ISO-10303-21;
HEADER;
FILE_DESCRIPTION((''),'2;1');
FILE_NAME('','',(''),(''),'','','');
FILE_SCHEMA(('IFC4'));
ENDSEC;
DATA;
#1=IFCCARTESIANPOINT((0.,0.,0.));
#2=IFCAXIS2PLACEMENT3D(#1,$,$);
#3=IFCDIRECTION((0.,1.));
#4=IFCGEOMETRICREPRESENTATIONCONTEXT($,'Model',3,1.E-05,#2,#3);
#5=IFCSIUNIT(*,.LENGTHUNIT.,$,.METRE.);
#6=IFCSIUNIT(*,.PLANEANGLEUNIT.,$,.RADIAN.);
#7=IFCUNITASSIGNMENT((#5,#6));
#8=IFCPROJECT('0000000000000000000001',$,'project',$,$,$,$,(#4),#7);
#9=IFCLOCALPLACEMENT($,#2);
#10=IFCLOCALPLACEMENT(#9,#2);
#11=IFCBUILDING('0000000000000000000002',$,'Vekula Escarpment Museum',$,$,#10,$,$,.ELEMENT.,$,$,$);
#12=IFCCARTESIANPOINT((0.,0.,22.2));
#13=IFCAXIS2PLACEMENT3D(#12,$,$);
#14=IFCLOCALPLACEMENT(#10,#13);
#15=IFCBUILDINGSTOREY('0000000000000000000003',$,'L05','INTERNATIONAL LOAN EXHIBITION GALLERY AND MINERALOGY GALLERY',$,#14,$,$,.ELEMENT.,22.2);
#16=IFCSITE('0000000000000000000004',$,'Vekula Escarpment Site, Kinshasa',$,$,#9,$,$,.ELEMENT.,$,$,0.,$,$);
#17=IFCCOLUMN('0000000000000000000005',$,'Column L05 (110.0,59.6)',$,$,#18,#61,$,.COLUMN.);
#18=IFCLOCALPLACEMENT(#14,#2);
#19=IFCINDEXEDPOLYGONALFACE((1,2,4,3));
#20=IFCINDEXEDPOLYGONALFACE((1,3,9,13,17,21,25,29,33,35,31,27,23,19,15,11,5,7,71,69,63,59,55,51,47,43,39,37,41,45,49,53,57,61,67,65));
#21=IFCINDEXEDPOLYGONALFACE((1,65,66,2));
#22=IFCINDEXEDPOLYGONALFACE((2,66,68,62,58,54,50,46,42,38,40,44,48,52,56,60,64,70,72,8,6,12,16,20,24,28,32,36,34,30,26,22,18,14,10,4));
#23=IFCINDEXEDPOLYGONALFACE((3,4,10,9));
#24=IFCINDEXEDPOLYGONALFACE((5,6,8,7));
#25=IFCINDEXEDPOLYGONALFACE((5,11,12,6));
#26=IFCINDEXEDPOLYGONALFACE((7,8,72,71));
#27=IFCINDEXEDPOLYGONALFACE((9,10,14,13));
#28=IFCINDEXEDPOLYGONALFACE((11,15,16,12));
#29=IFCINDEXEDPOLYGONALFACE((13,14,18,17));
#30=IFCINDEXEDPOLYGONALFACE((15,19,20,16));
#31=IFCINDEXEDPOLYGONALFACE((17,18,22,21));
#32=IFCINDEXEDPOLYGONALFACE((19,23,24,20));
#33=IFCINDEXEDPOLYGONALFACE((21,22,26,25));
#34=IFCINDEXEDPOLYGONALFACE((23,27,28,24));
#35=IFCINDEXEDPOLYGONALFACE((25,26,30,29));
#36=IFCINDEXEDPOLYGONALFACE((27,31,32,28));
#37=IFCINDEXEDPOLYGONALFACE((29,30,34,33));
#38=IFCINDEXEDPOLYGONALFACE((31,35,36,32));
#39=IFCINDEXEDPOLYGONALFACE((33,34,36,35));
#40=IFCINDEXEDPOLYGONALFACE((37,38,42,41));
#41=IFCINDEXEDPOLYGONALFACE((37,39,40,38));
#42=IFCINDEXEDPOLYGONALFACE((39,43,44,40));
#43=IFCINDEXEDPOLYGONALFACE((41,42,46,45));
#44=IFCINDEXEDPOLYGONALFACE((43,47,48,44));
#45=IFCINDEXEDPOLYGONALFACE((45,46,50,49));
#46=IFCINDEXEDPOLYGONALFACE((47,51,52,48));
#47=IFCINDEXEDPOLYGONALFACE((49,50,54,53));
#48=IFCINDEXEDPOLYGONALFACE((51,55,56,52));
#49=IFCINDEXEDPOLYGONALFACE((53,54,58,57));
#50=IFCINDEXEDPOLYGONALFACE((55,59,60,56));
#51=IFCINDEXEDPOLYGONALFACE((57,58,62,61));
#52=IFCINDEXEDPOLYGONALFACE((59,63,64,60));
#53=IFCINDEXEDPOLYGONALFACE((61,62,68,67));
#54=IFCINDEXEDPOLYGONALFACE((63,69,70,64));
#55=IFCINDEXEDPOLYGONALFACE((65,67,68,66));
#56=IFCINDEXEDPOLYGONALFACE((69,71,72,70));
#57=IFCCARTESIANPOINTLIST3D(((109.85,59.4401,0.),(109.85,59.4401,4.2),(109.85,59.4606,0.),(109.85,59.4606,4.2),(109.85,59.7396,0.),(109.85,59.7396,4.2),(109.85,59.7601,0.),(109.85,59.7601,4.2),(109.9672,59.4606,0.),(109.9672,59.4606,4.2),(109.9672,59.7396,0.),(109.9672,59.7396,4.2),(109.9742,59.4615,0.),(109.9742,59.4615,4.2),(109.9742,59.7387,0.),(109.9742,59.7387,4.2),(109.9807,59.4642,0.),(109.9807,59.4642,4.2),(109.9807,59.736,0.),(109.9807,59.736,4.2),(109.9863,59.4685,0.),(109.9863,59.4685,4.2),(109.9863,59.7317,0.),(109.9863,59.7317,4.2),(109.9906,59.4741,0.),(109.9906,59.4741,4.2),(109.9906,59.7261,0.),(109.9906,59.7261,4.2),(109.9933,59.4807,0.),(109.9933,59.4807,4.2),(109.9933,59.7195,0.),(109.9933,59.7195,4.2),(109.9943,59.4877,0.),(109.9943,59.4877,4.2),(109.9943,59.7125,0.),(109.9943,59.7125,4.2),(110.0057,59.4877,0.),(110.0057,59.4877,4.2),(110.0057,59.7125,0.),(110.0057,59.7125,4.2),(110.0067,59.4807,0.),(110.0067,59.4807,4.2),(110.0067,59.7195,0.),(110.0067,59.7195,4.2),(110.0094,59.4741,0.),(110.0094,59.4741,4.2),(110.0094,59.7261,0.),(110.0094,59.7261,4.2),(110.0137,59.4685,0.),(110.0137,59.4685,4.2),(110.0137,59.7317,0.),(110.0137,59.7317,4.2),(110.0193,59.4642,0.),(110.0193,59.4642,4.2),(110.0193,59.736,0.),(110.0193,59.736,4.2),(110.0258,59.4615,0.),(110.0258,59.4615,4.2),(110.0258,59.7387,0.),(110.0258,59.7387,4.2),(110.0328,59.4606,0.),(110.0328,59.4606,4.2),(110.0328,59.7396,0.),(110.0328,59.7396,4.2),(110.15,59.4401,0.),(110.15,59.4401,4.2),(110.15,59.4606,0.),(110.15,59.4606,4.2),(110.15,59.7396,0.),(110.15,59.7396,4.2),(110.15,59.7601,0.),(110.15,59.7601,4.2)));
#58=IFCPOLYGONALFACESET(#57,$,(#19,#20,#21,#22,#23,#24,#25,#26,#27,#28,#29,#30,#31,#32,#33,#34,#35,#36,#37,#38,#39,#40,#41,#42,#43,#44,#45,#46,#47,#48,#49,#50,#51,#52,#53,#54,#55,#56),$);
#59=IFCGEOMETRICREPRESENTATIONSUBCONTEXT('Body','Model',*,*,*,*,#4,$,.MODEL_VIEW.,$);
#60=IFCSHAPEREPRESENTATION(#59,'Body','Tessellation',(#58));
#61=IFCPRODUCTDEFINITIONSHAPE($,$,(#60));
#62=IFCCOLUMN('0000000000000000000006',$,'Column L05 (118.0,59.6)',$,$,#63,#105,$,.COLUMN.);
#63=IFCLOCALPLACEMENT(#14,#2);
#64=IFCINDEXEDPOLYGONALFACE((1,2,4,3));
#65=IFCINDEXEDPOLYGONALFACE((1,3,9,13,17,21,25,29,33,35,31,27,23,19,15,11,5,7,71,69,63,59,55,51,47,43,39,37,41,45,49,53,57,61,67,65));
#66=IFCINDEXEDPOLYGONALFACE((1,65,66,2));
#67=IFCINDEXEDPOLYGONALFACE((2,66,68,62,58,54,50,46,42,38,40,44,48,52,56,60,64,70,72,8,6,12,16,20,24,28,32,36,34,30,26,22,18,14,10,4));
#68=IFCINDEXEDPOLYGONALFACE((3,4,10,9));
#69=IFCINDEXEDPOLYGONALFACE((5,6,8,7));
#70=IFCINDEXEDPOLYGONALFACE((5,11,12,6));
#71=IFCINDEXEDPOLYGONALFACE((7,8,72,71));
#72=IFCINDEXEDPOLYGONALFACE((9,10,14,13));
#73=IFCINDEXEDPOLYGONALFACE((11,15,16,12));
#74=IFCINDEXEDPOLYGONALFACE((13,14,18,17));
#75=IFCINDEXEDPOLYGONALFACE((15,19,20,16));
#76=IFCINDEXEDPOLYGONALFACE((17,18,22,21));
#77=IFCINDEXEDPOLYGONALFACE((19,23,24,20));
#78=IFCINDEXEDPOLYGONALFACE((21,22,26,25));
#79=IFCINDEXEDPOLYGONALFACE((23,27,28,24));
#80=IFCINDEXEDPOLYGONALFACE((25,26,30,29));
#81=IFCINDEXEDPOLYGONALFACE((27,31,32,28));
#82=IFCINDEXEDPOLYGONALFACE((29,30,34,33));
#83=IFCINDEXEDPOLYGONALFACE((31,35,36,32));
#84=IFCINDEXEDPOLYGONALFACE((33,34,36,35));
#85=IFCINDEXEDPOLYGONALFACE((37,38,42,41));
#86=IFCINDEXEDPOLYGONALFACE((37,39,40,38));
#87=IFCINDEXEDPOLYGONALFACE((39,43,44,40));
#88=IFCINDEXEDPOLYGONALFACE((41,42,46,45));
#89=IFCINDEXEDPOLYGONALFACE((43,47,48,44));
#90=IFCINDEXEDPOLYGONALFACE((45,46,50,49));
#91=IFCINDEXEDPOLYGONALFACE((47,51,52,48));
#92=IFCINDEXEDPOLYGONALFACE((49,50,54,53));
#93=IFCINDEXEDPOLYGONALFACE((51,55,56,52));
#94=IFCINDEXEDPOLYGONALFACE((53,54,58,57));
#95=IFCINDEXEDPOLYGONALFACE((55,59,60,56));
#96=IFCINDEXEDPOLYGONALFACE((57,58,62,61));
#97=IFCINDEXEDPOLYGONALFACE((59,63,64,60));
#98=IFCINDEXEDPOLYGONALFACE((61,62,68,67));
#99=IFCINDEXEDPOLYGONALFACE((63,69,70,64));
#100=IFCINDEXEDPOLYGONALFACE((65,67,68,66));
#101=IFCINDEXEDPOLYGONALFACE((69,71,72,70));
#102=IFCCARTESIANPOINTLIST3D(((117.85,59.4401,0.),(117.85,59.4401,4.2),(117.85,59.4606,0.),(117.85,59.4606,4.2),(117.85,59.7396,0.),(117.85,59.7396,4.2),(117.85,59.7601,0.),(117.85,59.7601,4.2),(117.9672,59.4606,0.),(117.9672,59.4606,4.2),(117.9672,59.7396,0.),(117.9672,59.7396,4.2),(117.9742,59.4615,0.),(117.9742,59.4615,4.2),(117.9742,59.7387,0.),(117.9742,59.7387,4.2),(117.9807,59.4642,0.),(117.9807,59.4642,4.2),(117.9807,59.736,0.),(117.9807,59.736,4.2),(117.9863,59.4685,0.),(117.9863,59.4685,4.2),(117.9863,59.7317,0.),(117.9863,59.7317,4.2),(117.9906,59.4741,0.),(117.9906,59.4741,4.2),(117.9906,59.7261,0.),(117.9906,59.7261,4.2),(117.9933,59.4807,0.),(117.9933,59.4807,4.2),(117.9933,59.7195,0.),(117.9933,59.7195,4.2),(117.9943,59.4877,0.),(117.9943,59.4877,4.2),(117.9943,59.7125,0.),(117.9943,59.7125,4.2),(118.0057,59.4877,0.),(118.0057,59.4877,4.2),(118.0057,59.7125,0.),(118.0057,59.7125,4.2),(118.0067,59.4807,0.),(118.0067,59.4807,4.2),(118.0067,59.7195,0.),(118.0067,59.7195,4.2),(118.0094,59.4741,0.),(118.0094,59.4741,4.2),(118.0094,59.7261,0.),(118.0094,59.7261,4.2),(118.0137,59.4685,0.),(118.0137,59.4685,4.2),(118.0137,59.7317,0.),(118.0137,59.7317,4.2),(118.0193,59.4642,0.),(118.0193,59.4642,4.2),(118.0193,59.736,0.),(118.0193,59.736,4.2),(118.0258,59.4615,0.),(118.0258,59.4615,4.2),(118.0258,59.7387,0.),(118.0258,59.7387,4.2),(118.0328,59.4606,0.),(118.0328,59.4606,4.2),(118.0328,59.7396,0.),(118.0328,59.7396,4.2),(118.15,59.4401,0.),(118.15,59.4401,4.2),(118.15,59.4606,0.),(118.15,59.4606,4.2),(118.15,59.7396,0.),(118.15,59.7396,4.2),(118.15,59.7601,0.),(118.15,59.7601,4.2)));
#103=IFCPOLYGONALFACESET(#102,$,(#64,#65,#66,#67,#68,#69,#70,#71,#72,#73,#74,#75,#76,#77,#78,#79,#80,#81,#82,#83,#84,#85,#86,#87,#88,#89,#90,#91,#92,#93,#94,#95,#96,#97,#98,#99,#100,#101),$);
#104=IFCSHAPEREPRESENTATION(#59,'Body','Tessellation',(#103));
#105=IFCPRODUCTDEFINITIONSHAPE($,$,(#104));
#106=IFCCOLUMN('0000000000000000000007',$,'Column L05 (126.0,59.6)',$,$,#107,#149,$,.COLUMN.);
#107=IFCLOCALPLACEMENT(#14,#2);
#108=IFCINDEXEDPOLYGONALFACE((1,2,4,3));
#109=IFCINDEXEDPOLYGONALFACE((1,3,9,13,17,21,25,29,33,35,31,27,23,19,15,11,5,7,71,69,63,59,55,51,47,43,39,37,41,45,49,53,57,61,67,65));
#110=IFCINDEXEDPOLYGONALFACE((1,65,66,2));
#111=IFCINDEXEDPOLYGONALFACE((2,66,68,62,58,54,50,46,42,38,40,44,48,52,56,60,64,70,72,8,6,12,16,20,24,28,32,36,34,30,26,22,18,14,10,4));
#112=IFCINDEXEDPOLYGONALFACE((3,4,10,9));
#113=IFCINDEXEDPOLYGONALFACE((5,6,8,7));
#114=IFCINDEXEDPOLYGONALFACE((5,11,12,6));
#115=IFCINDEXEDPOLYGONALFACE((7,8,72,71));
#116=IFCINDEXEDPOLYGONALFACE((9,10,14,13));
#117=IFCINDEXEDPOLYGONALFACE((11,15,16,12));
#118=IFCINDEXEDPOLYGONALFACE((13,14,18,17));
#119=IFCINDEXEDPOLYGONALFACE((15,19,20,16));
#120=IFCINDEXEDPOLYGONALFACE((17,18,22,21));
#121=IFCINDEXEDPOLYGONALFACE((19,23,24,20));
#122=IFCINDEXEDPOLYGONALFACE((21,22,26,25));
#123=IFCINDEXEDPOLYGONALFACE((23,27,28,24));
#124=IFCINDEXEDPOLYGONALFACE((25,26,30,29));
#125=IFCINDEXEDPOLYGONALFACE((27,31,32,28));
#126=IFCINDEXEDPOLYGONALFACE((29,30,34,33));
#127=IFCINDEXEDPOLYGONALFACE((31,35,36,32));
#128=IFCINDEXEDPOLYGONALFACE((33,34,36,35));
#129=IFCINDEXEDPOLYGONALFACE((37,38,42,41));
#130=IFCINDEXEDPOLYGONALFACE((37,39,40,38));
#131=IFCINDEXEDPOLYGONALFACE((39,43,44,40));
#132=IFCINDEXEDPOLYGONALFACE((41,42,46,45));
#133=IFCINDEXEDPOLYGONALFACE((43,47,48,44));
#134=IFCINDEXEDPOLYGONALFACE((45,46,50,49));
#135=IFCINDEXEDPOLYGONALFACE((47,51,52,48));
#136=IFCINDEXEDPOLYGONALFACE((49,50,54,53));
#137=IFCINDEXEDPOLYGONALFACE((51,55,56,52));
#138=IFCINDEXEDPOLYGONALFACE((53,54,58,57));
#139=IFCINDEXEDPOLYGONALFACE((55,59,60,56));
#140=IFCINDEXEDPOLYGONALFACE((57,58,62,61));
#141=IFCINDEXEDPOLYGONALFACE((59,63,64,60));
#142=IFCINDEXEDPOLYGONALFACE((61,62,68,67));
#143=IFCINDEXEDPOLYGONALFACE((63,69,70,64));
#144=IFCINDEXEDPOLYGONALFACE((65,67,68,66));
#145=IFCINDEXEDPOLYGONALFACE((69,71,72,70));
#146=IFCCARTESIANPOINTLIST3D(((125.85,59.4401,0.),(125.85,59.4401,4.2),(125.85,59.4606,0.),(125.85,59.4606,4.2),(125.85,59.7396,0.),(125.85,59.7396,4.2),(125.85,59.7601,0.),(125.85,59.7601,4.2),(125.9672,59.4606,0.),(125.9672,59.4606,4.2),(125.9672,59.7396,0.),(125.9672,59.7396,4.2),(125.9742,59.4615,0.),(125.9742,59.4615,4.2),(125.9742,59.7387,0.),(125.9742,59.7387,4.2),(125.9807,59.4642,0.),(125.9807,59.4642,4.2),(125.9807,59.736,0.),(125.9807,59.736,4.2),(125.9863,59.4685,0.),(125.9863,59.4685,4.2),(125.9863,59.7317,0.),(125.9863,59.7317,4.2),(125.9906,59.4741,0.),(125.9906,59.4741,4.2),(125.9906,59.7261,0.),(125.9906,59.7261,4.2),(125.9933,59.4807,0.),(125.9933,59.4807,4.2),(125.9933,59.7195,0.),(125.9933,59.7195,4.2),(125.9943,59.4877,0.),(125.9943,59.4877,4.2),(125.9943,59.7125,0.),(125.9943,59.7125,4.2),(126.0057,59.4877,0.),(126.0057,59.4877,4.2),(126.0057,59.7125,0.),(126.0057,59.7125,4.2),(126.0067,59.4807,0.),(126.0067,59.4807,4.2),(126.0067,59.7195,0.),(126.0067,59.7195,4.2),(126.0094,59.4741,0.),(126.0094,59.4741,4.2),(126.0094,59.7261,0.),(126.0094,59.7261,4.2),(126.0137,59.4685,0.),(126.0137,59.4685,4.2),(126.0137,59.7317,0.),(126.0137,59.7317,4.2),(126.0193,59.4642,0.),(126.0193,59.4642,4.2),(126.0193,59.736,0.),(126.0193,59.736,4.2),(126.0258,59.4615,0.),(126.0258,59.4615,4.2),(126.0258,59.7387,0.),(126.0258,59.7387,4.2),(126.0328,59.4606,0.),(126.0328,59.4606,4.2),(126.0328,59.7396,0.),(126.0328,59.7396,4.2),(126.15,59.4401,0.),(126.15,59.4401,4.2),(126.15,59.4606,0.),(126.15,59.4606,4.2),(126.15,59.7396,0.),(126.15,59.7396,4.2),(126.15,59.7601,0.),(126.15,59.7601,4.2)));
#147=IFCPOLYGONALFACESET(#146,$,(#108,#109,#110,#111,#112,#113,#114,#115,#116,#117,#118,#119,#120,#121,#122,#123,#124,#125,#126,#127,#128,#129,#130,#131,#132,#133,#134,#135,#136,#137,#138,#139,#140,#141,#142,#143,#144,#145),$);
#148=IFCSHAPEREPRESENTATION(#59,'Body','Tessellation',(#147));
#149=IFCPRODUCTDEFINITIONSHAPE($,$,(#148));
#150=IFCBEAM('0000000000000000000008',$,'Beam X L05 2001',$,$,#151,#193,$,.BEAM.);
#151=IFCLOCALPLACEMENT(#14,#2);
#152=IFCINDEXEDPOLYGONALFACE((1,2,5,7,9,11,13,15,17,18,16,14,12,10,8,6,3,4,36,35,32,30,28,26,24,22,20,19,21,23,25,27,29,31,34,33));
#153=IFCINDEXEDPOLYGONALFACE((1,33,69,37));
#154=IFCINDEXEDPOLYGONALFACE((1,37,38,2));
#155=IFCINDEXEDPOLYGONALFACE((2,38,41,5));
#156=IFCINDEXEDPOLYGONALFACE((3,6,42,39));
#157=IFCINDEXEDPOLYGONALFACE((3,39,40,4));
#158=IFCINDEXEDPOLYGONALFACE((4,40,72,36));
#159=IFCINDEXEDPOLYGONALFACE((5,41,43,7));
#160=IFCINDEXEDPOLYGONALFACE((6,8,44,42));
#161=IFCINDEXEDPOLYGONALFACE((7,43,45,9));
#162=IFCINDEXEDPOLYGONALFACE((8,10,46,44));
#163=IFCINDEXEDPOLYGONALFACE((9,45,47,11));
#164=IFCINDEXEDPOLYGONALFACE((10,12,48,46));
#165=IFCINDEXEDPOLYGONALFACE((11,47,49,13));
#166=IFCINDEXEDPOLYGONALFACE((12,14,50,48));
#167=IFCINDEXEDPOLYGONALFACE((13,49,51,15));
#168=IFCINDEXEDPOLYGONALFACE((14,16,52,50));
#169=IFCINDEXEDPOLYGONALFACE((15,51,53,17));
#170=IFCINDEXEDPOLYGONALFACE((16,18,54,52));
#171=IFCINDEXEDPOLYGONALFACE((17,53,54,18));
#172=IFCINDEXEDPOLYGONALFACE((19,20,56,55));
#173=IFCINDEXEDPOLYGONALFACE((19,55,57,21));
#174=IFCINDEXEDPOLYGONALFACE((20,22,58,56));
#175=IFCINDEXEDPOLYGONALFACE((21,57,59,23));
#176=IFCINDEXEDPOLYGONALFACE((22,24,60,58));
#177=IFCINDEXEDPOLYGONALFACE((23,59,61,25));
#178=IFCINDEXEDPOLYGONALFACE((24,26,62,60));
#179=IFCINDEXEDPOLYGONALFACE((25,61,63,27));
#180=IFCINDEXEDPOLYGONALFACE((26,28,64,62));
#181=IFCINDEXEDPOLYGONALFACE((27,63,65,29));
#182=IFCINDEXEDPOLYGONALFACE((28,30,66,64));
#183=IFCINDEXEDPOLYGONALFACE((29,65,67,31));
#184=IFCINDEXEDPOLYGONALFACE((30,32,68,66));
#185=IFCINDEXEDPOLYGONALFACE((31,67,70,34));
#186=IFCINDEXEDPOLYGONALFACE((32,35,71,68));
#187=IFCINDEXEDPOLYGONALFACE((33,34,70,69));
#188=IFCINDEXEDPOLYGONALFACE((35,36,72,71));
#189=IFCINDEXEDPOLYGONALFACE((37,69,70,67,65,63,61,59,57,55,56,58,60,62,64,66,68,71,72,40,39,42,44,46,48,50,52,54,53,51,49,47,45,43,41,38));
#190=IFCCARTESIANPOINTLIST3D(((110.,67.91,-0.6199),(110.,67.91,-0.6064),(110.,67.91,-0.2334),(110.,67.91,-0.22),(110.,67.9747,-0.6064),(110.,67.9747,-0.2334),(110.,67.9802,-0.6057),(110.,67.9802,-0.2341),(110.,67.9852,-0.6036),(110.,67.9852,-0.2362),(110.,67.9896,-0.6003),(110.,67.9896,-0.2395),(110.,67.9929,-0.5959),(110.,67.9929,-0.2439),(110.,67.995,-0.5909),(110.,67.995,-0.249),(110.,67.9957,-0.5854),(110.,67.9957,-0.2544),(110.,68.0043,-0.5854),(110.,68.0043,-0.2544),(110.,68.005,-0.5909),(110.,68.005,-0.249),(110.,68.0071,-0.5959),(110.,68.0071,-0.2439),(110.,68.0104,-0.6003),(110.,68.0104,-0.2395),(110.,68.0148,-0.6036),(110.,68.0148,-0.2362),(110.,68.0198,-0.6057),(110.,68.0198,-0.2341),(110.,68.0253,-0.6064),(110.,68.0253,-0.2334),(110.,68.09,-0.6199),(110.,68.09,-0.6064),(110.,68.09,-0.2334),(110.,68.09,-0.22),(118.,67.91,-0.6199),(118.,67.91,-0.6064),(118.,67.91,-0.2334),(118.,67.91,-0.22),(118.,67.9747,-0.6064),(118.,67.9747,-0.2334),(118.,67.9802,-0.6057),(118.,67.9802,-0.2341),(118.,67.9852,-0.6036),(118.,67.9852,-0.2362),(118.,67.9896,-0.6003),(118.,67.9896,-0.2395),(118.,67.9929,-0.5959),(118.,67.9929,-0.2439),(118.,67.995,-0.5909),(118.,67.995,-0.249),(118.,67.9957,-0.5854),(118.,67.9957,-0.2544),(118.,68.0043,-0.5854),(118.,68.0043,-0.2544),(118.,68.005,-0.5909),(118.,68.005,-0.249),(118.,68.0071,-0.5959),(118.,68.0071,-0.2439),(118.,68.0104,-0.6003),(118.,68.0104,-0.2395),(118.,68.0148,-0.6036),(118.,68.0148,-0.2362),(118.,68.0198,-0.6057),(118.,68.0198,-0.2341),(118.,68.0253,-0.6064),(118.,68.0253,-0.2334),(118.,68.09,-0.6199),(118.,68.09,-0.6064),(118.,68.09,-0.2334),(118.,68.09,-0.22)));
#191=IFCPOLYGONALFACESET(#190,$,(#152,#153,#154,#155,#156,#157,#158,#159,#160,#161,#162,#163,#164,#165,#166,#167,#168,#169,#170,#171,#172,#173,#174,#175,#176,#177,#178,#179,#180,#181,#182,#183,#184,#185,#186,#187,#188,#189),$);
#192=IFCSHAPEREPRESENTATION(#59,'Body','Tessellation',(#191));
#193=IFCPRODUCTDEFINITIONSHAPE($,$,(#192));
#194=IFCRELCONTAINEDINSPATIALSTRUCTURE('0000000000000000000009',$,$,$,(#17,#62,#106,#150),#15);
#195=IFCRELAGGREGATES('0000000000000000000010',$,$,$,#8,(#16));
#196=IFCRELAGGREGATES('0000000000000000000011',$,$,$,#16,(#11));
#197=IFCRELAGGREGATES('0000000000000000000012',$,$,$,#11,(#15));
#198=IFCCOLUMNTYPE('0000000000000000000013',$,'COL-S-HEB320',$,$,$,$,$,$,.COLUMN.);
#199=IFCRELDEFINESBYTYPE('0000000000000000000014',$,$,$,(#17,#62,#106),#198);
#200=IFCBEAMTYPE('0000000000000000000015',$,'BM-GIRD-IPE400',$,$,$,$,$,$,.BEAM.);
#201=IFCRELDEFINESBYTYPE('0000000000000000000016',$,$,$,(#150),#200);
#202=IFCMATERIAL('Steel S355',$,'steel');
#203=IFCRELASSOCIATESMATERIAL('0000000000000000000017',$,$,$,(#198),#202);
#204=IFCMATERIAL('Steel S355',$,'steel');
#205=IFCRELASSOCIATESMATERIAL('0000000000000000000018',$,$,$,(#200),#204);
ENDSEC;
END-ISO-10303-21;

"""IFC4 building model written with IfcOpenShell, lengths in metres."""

from ifc_helpers import new_model, si_unit, direction, frame, origin, origin_2d, place, context, subcontext, project, spatial, i_section, extrude, material, material_profile, profile_set, type_object, element, save


model = new_model("IFC4")

# Units and contexts
model_context = context("Model", 3, precision=1e-05, world=origin(), true_north=direction((0.0, 1.0)))
body_context = subcontext(model_context, "Body", "Model", "MODEL_VIEW")
ifc_project = project(units=[si_unit("LENGTHUNIT", "METRE"), si_unit("PLANEANGLEUNIT", "RADIAN")], contexts=[model_context])

# Site, building, storey
site_placement = place(None, origin())
site = spatial("IfcSite", under=ifc_project, at=site_placement, Name="Vekula Escarpment Site, Kinshasa", CompositionType="ELEMENT", RefElevation=0.0)
building_placement = place(site_placement, origin())
building = spatial("IfcBuilding", under=site, at=building_placement, Name="Vekula Escarpment Museum", CompositionType="ELEMENT")
storey_placement = place(building_placement, frame((0.0, 0.0, 22.2)))
storey = spatial("IfcBuildingStorey", under=building, at=storey_placement, Name="L05", Description="INTERNATIONAL LOAN EXHIBITION GALLERY AND MINERALOGY GALLERY", CompositionType="ELEMENT", Elevation=22.2)

# Columns
ifc_material_1 = material(Name="Steel S355", Category="steel")
ifc_material_profile_1 = material_profile(ifc_material_1, i_section(OverallWidth=0.3, OverallDepth=0.3201, WebThickness=0.0115, FlangeThickness=0.0205, FilletRadius=0.0271, at=origin_2d()), Name="HEB 320")
ifc_profile_set_1 = profile_set([ifc_material_profile_1], Name="Steel S355")
column_type = type_object("IfcColumnType", Name="COL-S-HEB320", PredefinedType="COLUMN", material=ifc_profile_set_1)
for number, where, z_axis, x_axis, name in (
    (1, (110.0, 59.6001, 0.0), (0.0, 0.0, 1.0), (1.0, 0.0, 0.0), "Column L05 (110.0,59.6)"),
    (2, (118.0, 59.6001, 0.0), (0.0, 0.0, 1.0), (1.0, 0.0, 0.0), "Column L05 (118.0,59.6)"),
    (3, (126.0, 59.6001, 0.0), (0.0, 0.0, 1.0), (1.0, 0.0, 0.0), "Column L05 (126.0,59.6)"),
):
    element("IfcColumn", number, at=place(storey_placement, frame(where, z_axis=z_axis, x_axis=x_axis)), inside=storey, type_object=column_type, Name=name, PredefinedType="COLUMN", context=body_context, shape_type="SweptSolid", body=[
        extrude(i_section(OverallWidth=0.3, OverallDepth=0.3201, WebThickness=0.0115, FlangeThickness=0.0205, FilletRadius=0.0271, at=origin_2d()), origin(), (0.0, 0.0, 1.0), 4.2),
    ])

# Beam
ifc_material_2 = material(Name="Steel S355", Category="steel")
ifc_material_profile_2 = material_profile(ifc_material_2, i_section(OverallWidth=0.1799, OverallDepth=0.3999, WebThickness=0.0085, FlangeThickness=0.0134, FilletRadius=0.021, at=origin_2d()), Name="IPE 400")
ifc_profile_set_2 = profile_set([ifc_material_profile_2], Name="Steel S355")
beam_type_1 = type_object("IfcBeamType", Name="BM-GIRD-IPE400", PredefinedType="BEAM", material=ifc_profile_set_2)
beam_1_placement = place(storey_placement, frame((110.0, 68.0, -0.4199), z_axis=(1.0, 0.0, 0.0), x_axis=(0.0, 1.0, 0.0)))
element("IfcBeam", 4, at=beam_1_placement, inside=storey, type_object=beam_type_1, Name="Beam X L05 2001", PredefinedType="BEAM", context=body_context, shape_type="SweptSolid", body=[
    extrude(i_section(OverallWidth=0.1799, OverallDepth=0.3999, WebThickness=0.0085, FlangeThickness=0.0134, FilletRadius=0.021, at=origin_2d()), origin(), (0.0, 0.0, 1.0), 8.0),
])

save(model, "model.ifc")
